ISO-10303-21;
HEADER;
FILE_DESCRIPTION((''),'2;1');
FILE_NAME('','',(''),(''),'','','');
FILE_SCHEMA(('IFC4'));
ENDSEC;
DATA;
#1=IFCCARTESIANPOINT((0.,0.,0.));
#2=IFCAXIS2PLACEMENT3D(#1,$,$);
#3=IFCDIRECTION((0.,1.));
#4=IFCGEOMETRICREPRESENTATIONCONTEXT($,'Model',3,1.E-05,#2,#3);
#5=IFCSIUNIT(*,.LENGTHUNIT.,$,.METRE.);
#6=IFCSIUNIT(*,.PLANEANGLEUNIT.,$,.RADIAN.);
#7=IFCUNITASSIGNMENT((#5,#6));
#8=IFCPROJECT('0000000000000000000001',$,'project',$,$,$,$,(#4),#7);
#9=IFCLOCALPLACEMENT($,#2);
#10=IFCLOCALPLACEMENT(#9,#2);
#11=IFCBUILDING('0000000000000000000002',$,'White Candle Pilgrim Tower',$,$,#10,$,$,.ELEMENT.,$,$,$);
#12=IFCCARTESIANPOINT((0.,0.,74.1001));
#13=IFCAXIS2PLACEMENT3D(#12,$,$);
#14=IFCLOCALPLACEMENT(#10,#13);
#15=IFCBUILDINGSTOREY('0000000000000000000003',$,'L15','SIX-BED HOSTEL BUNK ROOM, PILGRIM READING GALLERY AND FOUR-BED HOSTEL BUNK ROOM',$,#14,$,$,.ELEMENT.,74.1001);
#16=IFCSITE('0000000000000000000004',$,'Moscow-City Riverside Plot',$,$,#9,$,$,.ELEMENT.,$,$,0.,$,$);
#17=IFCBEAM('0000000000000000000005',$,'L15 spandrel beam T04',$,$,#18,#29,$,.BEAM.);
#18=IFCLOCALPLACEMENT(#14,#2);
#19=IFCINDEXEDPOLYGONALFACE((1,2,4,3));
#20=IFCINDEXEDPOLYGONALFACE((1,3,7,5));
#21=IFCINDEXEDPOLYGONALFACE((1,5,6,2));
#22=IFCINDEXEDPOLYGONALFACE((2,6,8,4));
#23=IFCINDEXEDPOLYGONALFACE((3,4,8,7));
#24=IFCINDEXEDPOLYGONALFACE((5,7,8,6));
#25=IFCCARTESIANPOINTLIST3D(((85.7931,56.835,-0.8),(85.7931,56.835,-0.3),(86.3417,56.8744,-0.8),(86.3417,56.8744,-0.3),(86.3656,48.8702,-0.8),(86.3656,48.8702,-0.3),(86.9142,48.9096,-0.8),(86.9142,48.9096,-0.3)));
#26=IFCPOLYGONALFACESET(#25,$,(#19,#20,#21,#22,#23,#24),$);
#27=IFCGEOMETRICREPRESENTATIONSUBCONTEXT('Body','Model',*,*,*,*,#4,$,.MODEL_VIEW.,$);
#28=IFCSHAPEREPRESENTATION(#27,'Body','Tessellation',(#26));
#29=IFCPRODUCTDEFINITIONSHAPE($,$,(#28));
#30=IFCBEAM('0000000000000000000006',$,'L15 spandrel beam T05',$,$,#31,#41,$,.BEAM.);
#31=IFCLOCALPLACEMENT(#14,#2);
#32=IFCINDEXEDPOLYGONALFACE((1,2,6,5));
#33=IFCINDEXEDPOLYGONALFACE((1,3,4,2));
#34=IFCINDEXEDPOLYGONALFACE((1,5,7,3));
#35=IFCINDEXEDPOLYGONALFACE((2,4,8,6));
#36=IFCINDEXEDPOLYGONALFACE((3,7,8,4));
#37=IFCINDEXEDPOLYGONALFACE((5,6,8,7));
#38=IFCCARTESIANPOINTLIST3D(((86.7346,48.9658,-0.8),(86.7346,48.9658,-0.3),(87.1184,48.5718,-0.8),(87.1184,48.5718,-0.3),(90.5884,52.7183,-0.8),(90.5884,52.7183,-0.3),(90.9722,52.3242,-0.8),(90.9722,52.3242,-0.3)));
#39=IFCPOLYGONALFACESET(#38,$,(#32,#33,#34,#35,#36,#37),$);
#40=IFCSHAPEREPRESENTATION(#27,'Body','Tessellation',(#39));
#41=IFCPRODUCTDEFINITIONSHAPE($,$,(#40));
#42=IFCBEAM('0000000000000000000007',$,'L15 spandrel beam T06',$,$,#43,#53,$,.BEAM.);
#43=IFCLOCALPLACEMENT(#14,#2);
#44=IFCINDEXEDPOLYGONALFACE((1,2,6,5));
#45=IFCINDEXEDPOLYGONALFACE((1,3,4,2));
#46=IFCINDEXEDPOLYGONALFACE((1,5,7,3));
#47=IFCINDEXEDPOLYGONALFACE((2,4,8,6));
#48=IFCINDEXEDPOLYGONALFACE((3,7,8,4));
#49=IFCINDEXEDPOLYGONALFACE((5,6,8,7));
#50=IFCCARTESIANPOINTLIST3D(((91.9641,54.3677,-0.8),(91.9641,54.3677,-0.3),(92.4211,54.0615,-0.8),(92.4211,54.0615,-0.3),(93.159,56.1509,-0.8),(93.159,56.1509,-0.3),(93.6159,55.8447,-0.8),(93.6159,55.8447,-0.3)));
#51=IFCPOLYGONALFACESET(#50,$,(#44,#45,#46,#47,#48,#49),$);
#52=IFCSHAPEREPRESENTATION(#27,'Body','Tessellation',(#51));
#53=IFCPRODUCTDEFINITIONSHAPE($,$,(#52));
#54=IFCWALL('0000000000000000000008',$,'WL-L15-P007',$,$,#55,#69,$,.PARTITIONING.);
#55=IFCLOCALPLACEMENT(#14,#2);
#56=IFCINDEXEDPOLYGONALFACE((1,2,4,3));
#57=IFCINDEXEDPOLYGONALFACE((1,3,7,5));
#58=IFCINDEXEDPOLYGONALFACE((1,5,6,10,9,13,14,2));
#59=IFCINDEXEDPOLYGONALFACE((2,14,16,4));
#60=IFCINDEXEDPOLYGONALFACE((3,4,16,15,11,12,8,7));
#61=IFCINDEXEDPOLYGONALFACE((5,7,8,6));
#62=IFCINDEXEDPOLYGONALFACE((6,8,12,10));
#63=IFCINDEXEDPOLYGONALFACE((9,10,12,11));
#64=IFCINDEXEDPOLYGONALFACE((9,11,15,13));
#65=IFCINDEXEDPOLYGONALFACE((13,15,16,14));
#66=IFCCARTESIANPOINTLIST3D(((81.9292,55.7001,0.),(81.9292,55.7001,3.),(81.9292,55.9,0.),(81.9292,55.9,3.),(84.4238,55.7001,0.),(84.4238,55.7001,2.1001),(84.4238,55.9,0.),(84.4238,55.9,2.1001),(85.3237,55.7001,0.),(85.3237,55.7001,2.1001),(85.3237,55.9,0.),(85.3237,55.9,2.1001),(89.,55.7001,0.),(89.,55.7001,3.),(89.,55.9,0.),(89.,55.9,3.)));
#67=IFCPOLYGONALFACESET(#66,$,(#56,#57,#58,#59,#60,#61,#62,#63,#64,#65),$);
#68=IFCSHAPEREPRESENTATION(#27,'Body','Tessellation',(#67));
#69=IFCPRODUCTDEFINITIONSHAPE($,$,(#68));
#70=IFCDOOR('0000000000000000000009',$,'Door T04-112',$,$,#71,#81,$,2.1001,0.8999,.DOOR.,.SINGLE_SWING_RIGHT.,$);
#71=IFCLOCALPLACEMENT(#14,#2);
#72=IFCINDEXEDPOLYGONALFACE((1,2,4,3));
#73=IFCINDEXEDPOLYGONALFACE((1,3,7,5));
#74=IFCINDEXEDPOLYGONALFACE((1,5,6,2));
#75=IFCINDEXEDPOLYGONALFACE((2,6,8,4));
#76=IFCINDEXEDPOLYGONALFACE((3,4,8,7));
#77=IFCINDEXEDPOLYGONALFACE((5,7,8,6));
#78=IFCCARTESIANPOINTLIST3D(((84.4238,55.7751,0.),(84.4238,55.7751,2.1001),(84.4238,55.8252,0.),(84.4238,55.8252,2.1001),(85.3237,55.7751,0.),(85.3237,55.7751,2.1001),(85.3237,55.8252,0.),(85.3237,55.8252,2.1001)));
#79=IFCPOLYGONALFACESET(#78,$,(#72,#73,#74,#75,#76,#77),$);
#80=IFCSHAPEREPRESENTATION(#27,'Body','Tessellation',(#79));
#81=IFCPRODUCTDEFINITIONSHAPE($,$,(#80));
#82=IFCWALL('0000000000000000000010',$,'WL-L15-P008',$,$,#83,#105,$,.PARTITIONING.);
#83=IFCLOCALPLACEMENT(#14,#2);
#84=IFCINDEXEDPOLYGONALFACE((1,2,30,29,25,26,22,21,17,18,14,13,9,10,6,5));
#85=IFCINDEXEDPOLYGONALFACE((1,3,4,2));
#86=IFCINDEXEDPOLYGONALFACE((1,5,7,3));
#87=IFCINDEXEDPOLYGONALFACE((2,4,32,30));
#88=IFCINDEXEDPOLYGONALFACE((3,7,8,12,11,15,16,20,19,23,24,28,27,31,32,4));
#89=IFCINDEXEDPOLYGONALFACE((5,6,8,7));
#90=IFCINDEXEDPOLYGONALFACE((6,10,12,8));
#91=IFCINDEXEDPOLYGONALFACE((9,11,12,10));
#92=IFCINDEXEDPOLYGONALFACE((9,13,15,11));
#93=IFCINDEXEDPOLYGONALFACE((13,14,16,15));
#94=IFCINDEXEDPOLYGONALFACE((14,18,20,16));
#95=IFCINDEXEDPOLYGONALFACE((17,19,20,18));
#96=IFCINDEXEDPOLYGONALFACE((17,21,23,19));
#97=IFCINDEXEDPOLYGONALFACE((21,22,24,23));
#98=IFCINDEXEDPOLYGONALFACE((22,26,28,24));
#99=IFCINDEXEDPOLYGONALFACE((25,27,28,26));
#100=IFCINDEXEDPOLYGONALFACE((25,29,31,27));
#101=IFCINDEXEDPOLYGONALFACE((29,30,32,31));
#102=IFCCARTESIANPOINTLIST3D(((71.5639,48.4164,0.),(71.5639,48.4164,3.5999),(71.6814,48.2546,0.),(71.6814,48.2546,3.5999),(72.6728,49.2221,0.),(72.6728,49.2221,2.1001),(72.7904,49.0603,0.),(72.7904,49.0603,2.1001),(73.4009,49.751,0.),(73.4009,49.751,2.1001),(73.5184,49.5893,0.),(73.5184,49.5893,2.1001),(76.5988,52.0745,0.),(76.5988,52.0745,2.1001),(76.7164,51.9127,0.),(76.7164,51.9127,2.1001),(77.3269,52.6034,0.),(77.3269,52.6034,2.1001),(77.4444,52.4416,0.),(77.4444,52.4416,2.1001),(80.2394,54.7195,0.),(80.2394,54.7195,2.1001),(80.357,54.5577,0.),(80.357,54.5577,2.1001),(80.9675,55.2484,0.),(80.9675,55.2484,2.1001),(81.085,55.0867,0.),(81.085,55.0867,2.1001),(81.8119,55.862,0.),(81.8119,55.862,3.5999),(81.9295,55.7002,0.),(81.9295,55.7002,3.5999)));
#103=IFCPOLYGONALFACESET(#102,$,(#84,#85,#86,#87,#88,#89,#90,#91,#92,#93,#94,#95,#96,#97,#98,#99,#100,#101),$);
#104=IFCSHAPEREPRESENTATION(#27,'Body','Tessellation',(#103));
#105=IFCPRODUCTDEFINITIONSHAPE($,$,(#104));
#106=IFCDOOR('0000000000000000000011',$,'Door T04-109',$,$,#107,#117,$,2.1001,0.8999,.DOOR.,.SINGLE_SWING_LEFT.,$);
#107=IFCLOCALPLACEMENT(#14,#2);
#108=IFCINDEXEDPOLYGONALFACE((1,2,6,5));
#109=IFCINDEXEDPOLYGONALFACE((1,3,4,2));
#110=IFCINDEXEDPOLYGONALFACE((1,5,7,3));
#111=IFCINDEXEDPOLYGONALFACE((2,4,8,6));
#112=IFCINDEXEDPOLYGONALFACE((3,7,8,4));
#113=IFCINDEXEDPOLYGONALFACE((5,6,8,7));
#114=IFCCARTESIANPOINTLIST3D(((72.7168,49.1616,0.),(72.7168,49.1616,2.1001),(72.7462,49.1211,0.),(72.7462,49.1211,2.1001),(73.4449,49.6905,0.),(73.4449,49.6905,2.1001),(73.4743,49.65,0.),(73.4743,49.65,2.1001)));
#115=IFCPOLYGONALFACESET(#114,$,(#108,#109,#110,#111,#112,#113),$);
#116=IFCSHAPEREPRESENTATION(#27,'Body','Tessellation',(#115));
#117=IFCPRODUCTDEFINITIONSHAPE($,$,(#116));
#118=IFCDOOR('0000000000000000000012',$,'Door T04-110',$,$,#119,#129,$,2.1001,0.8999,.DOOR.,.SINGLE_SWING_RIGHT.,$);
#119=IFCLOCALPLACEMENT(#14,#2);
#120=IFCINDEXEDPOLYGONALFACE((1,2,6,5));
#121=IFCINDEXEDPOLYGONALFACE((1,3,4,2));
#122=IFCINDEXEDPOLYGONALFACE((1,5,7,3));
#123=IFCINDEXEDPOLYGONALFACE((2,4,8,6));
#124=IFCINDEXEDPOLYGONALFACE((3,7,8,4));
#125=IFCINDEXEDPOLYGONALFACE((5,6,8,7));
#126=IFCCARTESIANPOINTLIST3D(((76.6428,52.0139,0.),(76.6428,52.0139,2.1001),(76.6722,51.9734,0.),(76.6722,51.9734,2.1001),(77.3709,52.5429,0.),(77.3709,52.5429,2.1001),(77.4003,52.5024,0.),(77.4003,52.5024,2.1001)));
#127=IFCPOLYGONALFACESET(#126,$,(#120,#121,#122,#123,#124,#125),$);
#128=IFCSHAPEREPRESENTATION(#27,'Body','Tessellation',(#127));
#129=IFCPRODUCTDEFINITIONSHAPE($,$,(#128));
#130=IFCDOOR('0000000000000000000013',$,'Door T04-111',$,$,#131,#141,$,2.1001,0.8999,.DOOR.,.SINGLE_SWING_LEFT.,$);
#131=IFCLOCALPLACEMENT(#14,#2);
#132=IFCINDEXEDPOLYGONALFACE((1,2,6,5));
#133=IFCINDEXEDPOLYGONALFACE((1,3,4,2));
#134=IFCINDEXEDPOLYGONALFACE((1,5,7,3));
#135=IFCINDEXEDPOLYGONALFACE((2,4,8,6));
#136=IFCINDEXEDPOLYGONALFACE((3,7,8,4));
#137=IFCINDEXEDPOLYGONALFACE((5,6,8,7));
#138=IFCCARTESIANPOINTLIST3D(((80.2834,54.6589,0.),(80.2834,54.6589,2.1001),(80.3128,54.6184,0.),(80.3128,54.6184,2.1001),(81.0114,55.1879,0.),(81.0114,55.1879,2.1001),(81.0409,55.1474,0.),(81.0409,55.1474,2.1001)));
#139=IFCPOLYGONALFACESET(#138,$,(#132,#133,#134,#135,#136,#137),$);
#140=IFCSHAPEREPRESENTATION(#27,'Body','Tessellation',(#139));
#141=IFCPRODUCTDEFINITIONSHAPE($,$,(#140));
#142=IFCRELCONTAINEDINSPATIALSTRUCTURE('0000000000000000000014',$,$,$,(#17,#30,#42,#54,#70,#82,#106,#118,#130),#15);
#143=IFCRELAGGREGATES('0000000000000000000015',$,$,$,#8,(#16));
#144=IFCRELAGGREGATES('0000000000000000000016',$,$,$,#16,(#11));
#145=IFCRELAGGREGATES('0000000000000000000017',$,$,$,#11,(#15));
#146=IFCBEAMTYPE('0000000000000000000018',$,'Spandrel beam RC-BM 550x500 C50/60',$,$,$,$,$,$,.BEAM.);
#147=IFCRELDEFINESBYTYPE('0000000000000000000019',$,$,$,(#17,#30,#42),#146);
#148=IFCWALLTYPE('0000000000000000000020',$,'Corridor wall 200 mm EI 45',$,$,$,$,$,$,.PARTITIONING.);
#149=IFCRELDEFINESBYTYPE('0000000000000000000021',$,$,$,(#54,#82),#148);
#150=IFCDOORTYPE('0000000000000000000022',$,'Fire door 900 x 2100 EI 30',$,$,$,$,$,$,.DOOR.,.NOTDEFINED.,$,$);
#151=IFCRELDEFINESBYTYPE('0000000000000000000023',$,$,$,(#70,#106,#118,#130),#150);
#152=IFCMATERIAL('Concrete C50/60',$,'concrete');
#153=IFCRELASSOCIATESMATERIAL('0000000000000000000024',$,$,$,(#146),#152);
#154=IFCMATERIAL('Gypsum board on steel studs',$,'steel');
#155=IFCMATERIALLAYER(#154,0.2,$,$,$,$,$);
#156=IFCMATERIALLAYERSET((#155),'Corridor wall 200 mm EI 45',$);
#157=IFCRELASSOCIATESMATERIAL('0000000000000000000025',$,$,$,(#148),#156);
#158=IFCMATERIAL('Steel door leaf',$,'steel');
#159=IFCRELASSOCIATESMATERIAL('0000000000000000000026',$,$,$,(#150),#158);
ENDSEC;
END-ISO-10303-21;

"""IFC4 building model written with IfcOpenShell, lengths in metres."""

from ifc_helpers import new_model, si_unit, direction, frame, frame_2d, origin, origin_2d, place, context, subcontext, project, spatial, rectangle, extrude, material, layer, layer_set, material_profile, profile_set, type_object, element, fill, save


model = new_model("IFC4")

# Units and contexts
model_context = context("Model", 3, precision=1e-05, world=origin(), true_north=direction((0.0, 1.0)))
body_context = subcontext(model_context, "Body", "Model", "MODEL_VIEW")
ifc_project = project(units=[si_unit("LENGTHUNIT", "METRE"), si_unit("PLANEANGLEUNIT", "RADIAN")], contexts=[model_context])

# Site, building, storey
site_placement = place(None, origin())
site = spatial("IfcSite", under=ifc_project, at=site_placement, Name="Moscow-City Riverside Plot", CompositionType="ELEMENT", RefElevation=0.0)
building_placement = place(site_placement, origin())
building = spatial("IfcBuilding", under=site, at=building_placement, Name="White Candle Pilgrim Tower", CompositionType="ELEMENT")
storey_placement = place(building_placement, frame((0.0, 0.0, 74.1001)))
storey = spatial("IfcBuildingStorey", under=building, at=storey_placement, Name="L15", Description="SIX-BED HOSTEL BUNK ROOM, PILGRIM READING GALLERY AND FOUR-BED HOSTEL BUNK ROOM", CompositionType="ELEMENT", Elevation=74.1001)

# Beams
ifc_material_1 = material(Name="Concrete C50/60", Category="concrete")
ifc_material_profile_1 = material_profile(ifc_material_1, rectangle(XDim=0.55, YDim=0.5, at=origin_2d()), Name="RC-BM 550x500")
ifc_profile_set_1 = profile_set([ifc_material_profile_1], Name="Concrete C50/60")
beam_type_1 = type_object("IfcBeamType", Name="Spandrel beam RC-BM 550x500 C50/60", PredefinedType="BEAM", material=ifc_profile_set_1)
beam_1_placement = place(storey_placement, frame((86.6399, 48.8899, -0.55), z_axis=(-0.071695, 0.997427, 0.0), x_axis=(-0.997427, -0.071695, 0.0)))
element("IfcBeam", 1, at=beam_1_placement, inside=storey, type_object=beam_type_1, Name="L15 spandrel beam T04", PredefinedType="BEAM", context=body_context, shape_type="SweptSolid", body=[
    extrude(rectangle(XDim=0.55, YDim=0.5, at=origin_2d()), origin(), (0.0, 0.0, 1.0), 7.9854),
])
beam_2_placement = place(storey_placement, frame((86.9265, 48.7688, -0.55), z_axis=(0.716462, 0.697626, 0.0), x_axis=(-0.697626, 0.716462, 0.0)))
element("IfcBeam", 2, at=beam_2_placement, inside=storey, type_object=beam_type_1, Name="L15 spandrel beam T05", PredefinedType="BEAM", context=body_context, shape_type="SweptSolid", body=[
    extrude(rectangle(XDim=0.55, YDim=0.5, at=origin_2d()), origin(), (0.0, 0.0, 1.0), 5.3789),
])
beam_3_placement = place(storey_placement, frame((92.1926, 54.2146, -0.55), z_axis=(0.556641, 0.830753, 0.0), x_axis=(-0.830753, 0.556641, 0.0)))
element("IfcBeam", 3, at=beam_3_placement, inside=storey, type_object=beam_type_1, Name="L15 spandrel beam T06", PredefinedType="BEAM", context=body_context, shape_type="SweptSolid", body=[
    extrude(rectangle(XDim=0.55, YDim=0.5, at=origin_2d()), origin(), (0.0, 0.0, 1.0), 2.1465),
])

# Wall, opening, door
ifc_material_2 = material(Name="Gypsum board on steel studs", Category="steel")
ifc_layer_1 = layer(ifc_material_2, 0.2)
ifc_layer_set_1 = layer_set([ifc_layer_1], Name="Corridor wall 200 mm EI 45")
wall_type_1 = type_object("IfcWallType", Name="Corridor wall 200 mm EI 45", PredefinedType="PARTITIONING", material=ifc_layer_set_1)
wall_1_placement = place(storey_placement, frame((89.0, 55.8, 0.0), z_axis=(0.0, 0.0, 1.0), x_axis=(-1.0, 0.0, 0.0)))
wall_1 = element("IfcWall", 4, at=wall_1_placement, inside=storey, type_object=wall_type_1, Name="WL-L15-P007", PredefinedType="PARTITIONING", context=body_context, shape_type="SweptSolid", body=[
    extrude(rectangle(XDim=7.0708, YDim=0.2, at=frame_2d((3.5354, 0.0))), origin(), (0.0, 0.0, 1.0), 3.0),
])
opening_1_placement = place(wall_1_placement, frame((3.6763, 0.0, 0.0)))
opening_1 = element("IfcOpeningElement", 5, at=opening_1_placement, cuts=wall_1, PredefinedType="OPENING", context=body_context, shape_type="SweptSolid", body=[
    extrude(rectangle(XDim=0.8999, YDim=2.1001, at=frame_2d((0.45, 1.05))), frame((0.0, 0.1099, 0.0), z_axis=(0.0, -1.0, 0.0), x_axis=(1.0, 0.0, 0.0)), (0.0, 0.0, 1.0), 0.22),
])
ifc_material_3 = material(Name="Steel door leaf", Category="steel")
door_type = type_object("IfcDoorType", Name="Fire door 900 x 2100 EI 30", OperationType="NOTDEFINED", PredefinedType="DOOR", material=ifc_material_3)
door_1_placement = place(opening_1_placement, origin())
door_1 = element("IfcDoor", 6, at=door_1_placement, inside=storey, type_object=door_type, Name="Door T04-112", OperationType="SINGLE_SWING_RIGHT", OverallHeight=2.1001, OverallWidth=0.8999, PredefinedType="DOOR", context=body_context, shape_type="SweptSolid", body=[
    extrude(rectangle(XDim=0.8999, YDim=2.1001, at=frame_2d((0.45, 1.05))), frame((0.0, 0.0249, 0.0), z_axis=(0.0, -1.0, 0.0), x_axis=(1.0, 0.0, 0.0)), (0.0, 0.0, 1.0), 0.05),
])
fill(opening_1, door_1)

# Wall, openings, doors
wall_2_placement = place(storey_placement, frame((81.8706, 55.781, 0.0), z_axis=(0.0, 0.0, 1.0), x_axis=(-0.80902, -0.587781, 0.0)))
wall_2 = element("IfcWall", 7, at=wall_2_placement, inside=storey, type_object=wall_type_1, Name="WL-L15-P008", PredefinedType="PARTITIONING", context=body_context, shape_type="SweptSolid", body=[
    extrude(rectangle(XDim=12.6672, YDim=0.2, at=frame_2d((6.3335, 0.0))), origin(), (0.0, 0.0, 1.0), 3.5999),
])
opening_2_placement = place(wall_2_placement, frame((10.3965, 0.0, 0.0)))
opening_2 = element("IfcOpeningElement", 8, at=opening_2_placement, cuts=wall_2, PredefinedType="OPENING", context=body_context, shape_type="SweptSolid", body=[
    extrude(rectangle(XDim=0.8999, YDim=2.1001, at=frame_2d((0.45, 1.05))), frame((0.0, 0.1099, 0.0), z_axis=(0.0, -1.0, 0.0), x_axis=(1.0, 0.0, 0.0)), (0.0, 0.0, 1.0), 0.22),
])
opening_3_placement = place(wall_2_placement, frame((5.5437, 0.0, 0.0)))
opening_3 = element("IfcOpeningElement", 9, at=opening_3_placement, cuts=wall_2, PredefinedType="OPENING", context=body_context, shape_type="SweptSolid", body=[
    extrude(rectangle(XDim=0.8999, YDim=2.1001, at=frame_2d((0.45, 1.05))), frame((0.0, 0.1099, 0.0), z_axis=(0.0, -1.0, 0.0), x_axis=(1.0, 0.0, 0.0)), (0.0, 0.0, 1.0), 0.22),
])
opening_4_placement = place(wall_2_placement, frame((1.0437, 0.0, 0.0)))
opening_4 = element("IfcOpeningElement", 10, at=opening_4_placement, cuts=wall_2, PredefinedType="OPENING", context=body_context, shape_type="SweptSolid", body=[
    extrude(rectangle(XDim=0.8999, YDim=2.1001, at=frame_2d((0.45, 1.05))), frame((0.0, 0.1099, 0.0), z_axis=(0.0, -1.0, 0.0), x_axis=(1.0, 0.0, 0.0)), (0.0, 0.0, 1.0), 0.22),
])
door_2_placement = place(opening_2_placement, origin())
door_2 = element("IfcDoor", 11, at=door_2_placement, inside=storey, type_object=door_type, Name="Door T04-109", OperationType="SINGLE_SWING_LEFT", OverallHeight=2.1001, OverallWidth=0.8999, PredefinedType="DOOR", context=body_context, shape_type="SweptSolid", body=[
    extrude(rectangle(XDim=0.8999, YDim=2.1001, at=frame_2d((0.45, 1.05))), frame((0.0, 0.0249, 0.0), z_axis=(0.0, -1.0, 0.0), x_axis=(1.0, 0.0, 0.0)), (0.0, 0.0, 1.0), 0.05),
])
fill(opening_2, door_2)
door_3_placement = place(opening_3_placement, origin())
door_3 = element("IfcDoor", 12, at=door_3_placement, inside=storey, type_object=door_type, Name="Door T04-110", OperationType="SINGLE_SWING_RIGHT", OverallHeight=2.1001, OverallWidth=0.8999, PredefinedType="DOOR", context=body_context, shape_type="SweptSolid", body=[
    extrude(rectangle(XDim=0.8999, YDim=2.1001, at=frame_2d((0.45, 1.05))), frame((0.0, 0.0249, 0.0), z_axis=(0.0, -1.0, 0.0), x_axis=(1.0, 0.0, 0.0)), (0.0, 0.0, 1.0), 0.05),
])
fill(opening_3, door_3)
door_4_placement = place(opening_4_placement, origin())
door_4 = element("IfcDoor", 13, at=door_4_placement, inside=storey, type_object=door_type, Name="Door T04-111", OperationType="SINGLE_SWING_LEFT", OverallHeight=2.1001, OverallWidth=0.8999, PredefinedType="DOOR", context=body_context, shape_type="SweptSolid", body=[
    extrude(rectangle(XDim=0.8999, YDim=2.1001, at=frame_2d((0.45, 1.05))), frame((0.0, 0.0249, 0.0), z_axis=(0.0, -1.0, 0.0), x_axis=(1.0, 0.0, 0.0)), (0.0, 0.0, 1.0), 0.05),
])
fill(opening_4, door_4)

save(model, "model.ifc")
